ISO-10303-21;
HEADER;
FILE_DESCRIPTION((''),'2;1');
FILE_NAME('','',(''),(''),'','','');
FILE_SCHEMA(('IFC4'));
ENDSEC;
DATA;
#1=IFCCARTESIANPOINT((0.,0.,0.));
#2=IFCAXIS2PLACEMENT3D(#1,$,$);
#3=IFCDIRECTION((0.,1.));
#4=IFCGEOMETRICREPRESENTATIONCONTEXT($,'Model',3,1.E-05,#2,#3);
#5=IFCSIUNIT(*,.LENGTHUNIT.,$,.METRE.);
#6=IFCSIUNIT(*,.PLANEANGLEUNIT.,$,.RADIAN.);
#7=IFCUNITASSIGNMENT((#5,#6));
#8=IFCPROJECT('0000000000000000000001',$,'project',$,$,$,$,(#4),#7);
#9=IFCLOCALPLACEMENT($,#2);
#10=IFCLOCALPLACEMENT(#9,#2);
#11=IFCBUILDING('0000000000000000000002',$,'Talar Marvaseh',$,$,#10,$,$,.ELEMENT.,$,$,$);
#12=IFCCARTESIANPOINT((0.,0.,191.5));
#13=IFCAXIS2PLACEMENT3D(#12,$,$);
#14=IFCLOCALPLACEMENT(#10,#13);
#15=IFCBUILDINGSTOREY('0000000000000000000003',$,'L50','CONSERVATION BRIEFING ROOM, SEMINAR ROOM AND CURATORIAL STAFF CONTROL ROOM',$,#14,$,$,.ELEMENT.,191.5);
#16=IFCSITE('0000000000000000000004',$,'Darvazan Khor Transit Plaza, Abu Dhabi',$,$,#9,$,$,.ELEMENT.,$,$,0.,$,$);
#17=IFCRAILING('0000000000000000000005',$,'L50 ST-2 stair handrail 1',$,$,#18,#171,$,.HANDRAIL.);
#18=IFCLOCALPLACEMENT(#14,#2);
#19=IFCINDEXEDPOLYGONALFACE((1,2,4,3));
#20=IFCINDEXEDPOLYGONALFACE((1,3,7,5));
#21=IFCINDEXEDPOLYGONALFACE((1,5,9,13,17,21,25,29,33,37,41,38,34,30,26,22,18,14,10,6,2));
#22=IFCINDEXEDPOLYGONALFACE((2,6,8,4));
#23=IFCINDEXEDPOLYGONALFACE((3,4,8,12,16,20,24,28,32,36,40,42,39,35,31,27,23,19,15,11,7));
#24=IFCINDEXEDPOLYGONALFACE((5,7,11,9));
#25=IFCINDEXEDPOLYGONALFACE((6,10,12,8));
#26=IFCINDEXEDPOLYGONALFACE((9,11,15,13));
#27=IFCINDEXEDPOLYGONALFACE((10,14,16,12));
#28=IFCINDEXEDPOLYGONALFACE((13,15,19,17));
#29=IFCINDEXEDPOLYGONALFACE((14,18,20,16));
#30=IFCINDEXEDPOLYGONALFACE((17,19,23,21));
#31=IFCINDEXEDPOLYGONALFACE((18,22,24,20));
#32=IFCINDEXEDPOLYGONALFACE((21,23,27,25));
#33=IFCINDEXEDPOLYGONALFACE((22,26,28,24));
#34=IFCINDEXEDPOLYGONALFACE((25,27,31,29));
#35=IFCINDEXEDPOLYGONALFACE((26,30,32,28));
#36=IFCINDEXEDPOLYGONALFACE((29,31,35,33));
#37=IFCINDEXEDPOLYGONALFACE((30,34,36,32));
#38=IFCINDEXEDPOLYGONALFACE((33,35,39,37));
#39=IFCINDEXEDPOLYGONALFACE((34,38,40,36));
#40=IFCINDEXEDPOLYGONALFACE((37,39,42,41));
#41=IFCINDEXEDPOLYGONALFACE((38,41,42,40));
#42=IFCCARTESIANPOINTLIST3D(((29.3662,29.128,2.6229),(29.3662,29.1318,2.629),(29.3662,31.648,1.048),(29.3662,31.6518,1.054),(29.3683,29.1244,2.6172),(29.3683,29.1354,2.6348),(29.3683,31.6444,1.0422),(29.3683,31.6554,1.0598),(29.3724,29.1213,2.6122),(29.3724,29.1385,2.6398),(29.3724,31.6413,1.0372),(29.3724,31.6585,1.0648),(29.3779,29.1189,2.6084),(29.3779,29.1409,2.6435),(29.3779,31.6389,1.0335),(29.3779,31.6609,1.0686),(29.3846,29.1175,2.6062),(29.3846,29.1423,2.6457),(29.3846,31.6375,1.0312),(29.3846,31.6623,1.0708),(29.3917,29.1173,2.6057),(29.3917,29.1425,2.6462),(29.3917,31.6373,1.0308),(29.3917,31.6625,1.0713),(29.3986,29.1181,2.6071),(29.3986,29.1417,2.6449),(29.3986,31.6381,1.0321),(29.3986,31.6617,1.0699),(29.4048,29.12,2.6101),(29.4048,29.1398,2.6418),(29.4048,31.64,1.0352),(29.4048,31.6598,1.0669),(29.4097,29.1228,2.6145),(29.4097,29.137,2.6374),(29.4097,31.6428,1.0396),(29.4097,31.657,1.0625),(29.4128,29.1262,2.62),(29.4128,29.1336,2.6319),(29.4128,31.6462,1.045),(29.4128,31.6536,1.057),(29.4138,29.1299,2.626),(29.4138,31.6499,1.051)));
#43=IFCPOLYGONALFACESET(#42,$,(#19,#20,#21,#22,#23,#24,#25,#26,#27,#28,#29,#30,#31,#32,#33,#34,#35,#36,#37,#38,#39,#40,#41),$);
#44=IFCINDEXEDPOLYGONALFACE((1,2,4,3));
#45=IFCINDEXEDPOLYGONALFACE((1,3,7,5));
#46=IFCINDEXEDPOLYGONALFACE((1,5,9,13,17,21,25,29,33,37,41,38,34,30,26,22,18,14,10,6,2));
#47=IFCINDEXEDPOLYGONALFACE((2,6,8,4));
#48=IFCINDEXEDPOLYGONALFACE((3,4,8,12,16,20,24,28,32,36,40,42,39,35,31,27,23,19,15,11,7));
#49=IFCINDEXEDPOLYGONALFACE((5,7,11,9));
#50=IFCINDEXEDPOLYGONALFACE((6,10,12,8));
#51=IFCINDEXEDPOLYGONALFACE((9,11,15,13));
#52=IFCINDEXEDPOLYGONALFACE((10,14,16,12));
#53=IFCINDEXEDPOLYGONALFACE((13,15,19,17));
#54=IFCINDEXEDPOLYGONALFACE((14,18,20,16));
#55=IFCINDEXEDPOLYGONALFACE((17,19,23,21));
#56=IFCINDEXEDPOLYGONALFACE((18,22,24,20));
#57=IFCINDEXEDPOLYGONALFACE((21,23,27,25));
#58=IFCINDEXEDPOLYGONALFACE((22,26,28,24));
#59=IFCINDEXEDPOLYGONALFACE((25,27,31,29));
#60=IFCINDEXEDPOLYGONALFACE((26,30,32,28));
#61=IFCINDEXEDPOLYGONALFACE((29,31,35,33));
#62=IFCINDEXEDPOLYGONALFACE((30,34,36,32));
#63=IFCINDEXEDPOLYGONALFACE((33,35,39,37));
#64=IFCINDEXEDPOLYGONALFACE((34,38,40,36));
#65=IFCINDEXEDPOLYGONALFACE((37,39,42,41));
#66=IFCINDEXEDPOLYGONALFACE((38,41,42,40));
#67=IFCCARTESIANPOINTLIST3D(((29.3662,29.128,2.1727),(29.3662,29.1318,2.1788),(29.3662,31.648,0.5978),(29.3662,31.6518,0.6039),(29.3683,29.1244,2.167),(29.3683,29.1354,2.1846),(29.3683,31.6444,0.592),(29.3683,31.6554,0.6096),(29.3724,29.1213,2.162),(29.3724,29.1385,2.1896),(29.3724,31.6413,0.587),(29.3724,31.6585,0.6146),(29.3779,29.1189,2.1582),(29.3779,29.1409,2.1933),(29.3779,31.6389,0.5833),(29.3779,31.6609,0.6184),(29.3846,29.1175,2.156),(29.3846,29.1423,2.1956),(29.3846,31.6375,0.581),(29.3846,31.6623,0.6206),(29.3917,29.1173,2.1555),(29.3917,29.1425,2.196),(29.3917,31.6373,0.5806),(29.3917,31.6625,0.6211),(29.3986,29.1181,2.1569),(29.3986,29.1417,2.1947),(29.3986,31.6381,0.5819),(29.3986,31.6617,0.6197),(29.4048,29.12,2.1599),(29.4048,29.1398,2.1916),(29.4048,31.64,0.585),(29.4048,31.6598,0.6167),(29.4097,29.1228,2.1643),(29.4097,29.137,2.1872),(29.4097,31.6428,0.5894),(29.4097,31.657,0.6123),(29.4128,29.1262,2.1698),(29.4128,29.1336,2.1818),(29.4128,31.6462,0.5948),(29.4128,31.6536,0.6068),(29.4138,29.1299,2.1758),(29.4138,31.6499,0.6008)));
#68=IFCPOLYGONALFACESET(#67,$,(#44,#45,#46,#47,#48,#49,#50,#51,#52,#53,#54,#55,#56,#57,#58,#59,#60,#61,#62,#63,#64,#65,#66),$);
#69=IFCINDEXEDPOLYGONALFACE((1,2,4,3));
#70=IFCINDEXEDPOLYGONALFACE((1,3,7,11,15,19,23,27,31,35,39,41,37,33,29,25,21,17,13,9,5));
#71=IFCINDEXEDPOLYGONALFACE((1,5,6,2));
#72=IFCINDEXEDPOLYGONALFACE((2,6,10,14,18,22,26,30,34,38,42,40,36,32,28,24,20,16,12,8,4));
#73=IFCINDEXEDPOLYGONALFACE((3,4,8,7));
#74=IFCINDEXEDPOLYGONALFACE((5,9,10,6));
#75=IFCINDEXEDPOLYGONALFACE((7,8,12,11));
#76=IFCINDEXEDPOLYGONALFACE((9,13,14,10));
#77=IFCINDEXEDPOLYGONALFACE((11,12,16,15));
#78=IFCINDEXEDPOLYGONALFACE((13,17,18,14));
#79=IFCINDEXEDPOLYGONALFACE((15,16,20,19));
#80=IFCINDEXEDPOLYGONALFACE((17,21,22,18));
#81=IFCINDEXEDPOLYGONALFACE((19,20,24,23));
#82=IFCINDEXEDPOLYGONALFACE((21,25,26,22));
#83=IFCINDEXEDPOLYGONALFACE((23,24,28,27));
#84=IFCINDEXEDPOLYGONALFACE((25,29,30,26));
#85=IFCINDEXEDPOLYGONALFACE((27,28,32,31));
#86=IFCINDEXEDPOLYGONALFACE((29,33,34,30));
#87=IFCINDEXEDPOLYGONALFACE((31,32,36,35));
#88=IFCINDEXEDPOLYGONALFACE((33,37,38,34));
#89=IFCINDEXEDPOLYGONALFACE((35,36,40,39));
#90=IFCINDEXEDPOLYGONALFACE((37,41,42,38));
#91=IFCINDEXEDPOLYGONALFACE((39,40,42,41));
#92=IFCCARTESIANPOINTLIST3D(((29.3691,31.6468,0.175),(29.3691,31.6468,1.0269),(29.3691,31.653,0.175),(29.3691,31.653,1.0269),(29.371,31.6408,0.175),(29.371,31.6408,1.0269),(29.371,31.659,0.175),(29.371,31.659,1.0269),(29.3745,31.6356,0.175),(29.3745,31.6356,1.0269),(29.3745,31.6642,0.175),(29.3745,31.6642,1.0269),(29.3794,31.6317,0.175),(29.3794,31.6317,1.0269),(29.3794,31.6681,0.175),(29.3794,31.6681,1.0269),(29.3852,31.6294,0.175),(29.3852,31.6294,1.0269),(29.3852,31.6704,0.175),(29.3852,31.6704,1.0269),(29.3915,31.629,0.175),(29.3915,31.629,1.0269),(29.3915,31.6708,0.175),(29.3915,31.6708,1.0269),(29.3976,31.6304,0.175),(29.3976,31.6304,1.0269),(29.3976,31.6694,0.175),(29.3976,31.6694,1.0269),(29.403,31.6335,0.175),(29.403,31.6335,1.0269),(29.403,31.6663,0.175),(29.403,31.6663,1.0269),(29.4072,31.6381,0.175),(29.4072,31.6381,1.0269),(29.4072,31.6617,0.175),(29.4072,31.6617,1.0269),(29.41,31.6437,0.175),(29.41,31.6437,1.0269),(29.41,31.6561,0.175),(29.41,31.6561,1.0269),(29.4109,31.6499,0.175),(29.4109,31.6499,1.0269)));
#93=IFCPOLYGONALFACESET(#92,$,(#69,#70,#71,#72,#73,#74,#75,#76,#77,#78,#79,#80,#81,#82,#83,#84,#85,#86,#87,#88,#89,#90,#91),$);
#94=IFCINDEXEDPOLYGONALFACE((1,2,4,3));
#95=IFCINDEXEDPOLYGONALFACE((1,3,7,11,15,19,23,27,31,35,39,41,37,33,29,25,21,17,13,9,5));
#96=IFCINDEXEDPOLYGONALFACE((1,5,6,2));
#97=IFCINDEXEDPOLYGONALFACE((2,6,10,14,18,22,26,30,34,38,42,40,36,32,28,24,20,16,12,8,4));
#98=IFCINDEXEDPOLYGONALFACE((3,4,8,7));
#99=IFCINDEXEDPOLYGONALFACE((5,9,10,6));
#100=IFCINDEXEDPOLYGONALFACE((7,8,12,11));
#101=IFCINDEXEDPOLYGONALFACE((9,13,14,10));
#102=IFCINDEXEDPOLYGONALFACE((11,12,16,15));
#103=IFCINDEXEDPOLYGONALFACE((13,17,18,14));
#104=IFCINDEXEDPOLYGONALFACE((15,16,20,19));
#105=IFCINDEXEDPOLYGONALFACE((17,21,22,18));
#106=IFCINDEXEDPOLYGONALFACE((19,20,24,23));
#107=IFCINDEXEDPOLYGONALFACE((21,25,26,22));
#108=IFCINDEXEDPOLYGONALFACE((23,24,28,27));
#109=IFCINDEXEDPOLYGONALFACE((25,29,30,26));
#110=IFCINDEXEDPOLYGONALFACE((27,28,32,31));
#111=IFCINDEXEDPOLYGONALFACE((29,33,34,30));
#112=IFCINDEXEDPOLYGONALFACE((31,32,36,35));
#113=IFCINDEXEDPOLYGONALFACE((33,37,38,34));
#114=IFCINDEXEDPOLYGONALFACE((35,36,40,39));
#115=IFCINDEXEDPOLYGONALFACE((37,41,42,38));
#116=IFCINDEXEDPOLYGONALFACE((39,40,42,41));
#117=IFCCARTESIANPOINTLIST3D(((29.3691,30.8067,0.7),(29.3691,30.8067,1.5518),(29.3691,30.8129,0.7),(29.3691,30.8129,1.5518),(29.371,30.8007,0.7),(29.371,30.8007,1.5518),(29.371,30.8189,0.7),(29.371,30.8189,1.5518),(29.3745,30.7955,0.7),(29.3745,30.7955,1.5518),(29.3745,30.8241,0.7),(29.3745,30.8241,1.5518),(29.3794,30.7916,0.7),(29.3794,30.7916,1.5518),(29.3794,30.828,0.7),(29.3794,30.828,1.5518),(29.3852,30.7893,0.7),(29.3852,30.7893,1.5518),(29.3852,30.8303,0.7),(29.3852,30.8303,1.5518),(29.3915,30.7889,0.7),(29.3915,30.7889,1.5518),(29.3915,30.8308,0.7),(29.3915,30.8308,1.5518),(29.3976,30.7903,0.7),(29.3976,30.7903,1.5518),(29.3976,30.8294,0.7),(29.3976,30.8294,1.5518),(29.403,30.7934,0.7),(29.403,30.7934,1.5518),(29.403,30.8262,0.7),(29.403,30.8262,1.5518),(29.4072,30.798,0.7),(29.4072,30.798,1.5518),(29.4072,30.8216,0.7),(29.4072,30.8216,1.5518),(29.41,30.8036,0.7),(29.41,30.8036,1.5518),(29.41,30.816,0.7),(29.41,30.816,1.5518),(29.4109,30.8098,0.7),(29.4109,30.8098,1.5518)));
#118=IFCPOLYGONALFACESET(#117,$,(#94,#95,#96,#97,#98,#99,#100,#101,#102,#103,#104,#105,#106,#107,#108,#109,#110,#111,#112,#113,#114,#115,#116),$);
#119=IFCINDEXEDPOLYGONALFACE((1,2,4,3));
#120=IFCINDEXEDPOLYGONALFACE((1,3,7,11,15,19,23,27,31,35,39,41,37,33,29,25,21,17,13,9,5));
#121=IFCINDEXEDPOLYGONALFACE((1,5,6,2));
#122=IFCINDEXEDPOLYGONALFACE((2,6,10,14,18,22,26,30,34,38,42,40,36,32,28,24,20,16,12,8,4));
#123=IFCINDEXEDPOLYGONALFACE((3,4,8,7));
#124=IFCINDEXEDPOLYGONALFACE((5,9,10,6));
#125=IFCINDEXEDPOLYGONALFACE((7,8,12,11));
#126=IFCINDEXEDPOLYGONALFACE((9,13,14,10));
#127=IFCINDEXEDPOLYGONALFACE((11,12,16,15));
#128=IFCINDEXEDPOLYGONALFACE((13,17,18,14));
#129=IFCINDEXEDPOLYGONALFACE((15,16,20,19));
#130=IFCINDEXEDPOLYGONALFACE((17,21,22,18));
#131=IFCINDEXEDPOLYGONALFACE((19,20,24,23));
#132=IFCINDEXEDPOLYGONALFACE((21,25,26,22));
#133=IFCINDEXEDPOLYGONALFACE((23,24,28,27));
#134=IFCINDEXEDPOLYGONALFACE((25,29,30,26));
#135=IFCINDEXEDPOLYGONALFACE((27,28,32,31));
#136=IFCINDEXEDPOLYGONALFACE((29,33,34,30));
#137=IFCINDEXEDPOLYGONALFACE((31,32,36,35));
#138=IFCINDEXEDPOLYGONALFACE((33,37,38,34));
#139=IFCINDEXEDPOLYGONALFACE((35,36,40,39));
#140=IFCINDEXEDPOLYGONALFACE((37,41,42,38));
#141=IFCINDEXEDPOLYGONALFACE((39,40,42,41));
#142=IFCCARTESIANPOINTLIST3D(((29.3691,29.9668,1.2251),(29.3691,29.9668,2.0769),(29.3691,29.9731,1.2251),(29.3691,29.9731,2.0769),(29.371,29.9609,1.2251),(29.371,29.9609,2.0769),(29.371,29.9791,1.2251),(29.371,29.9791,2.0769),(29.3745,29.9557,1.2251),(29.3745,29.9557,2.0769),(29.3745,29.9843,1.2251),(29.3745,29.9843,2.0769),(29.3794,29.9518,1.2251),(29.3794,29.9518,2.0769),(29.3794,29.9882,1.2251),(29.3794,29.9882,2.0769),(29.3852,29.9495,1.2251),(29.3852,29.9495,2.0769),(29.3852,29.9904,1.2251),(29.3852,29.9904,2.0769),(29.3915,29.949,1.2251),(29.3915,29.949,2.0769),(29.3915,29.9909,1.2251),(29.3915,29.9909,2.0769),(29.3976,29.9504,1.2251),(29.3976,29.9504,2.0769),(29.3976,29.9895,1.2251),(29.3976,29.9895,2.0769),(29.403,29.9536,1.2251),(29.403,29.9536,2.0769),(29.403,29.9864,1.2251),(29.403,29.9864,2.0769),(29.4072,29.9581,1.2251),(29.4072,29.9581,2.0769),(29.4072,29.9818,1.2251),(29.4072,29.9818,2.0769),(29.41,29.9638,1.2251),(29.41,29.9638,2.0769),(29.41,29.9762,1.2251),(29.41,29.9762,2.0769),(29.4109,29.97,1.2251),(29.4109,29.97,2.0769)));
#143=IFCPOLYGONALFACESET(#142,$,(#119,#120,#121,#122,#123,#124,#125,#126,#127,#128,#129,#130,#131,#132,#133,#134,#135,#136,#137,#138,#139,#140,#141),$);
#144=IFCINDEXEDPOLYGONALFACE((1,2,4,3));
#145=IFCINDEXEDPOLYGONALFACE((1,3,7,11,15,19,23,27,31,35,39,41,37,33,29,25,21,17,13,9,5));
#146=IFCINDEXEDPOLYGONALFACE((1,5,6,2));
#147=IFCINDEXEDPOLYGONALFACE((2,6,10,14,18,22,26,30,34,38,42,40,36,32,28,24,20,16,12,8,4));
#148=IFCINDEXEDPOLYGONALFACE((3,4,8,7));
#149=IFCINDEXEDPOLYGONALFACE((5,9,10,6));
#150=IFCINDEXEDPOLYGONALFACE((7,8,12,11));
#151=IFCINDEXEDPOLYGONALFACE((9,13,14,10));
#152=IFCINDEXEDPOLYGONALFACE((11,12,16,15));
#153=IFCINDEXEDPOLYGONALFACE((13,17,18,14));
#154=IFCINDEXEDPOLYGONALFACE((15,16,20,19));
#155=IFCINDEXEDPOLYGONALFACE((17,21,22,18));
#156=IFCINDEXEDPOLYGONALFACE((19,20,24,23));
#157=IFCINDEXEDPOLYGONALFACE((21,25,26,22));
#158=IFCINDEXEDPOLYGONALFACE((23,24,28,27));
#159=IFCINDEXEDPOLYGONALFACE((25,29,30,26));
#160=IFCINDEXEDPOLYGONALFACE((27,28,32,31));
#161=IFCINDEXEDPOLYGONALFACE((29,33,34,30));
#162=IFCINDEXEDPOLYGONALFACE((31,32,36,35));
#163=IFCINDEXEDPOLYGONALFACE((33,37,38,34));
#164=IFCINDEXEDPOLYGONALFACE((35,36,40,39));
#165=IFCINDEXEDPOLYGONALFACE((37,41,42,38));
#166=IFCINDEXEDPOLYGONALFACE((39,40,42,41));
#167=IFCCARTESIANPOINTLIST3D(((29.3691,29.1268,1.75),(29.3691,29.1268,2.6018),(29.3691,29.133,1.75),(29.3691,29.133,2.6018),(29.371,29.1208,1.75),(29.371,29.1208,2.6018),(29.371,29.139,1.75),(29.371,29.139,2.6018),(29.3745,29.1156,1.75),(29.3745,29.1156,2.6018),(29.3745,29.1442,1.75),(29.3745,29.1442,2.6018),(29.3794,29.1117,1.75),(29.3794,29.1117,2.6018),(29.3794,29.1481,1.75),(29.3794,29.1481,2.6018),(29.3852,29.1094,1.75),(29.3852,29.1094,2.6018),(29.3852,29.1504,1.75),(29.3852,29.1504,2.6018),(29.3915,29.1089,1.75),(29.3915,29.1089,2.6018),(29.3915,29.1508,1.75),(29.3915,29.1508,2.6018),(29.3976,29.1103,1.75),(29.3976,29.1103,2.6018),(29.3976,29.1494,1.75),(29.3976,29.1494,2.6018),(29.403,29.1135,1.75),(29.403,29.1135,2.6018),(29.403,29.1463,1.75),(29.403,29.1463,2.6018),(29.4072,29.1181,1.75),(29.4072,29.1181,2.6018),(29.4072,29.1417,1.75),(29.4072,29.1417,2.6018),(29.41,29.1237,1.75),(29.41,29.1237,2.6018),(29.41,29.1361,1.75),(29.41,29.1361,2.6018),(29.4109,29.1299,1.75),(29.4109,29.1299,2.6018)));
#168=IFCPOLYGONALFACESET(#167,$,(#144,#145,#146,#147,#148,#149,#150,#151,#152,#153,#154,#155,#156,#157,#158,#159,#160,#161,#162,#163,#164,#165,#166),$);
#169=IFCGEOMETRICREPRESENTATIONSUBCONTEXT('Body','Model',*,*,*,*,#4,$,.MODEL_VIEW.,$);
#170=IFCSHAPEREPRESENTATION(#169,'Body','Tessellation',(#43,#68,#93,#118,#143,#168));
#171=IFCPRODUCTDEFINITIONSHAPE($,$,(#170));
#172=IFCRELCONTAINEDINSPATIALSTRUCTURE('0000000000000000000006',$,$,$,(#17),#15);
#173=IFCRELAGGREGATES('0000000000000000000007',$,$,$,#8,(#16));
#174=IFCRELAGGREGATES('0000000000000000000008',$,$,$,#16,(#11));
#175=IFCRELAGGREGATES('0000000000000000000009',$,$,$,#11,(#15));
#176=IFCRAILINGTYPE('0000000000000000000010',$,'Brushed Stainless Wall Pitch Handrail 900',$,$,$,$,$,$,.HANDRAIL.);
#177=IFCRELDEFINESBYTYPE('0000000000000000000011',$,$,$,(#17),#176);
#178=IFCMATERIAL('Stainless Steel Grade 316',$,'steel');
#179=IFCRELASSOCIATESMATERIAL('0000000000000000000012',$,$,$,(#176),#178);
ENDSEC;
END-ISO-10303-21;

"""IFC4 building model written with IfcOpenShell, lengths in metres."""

from ifc_helpers import new_model, si_unit, direction, frame, origin, origin_2d, place, context, subcontext, project, spatial, circle, extrude, material, type_object, element, save


model = new_model("IFC4")

# Units and contexts
model_context = context("Model", 3, precision=1e-05, world=origin(), true_north=direction((0.0, 1.0)))
body_context = subcontext(model_context, "Body", "Model", "MODEL_VIEW")
ifc_project = project(units=[si_unit("LENGTHUNIT", "METRE"), si_unit("PLANEANGLEUNIT", "RADIAN")], contexts=[model_context])

# Site, building, storey
site_placement = place(None, origin())
site = spatial("IfcSite", under=ifc_project, at=site_placement, Name="Darvazan Khor Transit Plaza, Abu Dhabi", CompositionType="ELEMENT", RefElevation=0.0)
building_placement = place(site_placement, origin())
building = spatial("IfcBuilding", under=site, at=building_placement, Name="Talar Marvaseh", CompositionType="ELEMENT")
storey_placement = place(building_placement, frame((0.0, 0.0, 191.5)))
storey = spatial("IfcBuildingStorey", under=building, at=storey_placement, Name="L50", Description="CONSERVATION BRIEFING ROOM, SEMINAR ROOM AND CURATORIAL STAFF CONTROL ROOM", CompositionType="ELEMENT", Elevation=191.5)

# Shared definitions
ifc_material_1 = material(Name="Stainless Steel Grade 316", Category="steel")

# Railing
railing_type_1 = type_object("IfcRailingType", Name="Brushed Stainless Wall Pitch Handrail 900", PredefinedType="HANDRAIL", material=ifc_material_1)
railing_1_placement = place(storey_placement, frame((29.3899, 31.6499, 0.175)))
element("IfcRailing", 1, at=railing_1_placement, inside=storey, type_object=railing_type_1, Name="L50 ST-2 stair handrail 1", PredefinedType="HANDRAIL", context=body_context, shape_type="SweptSolid", body=[
    extrude(circle(Radius=0.0239, at=origin_2d()), frame((0.0, 0.0, 0.876), z_axis=(0.0, -0.848008, 0.529984), x_axis=(1.0, 0.0, 0.0)), (0.0, 0.0, 1.0), 2.9717),
    extrude(circle(Radius=0.0239, at=origin_2d()), frame((0.0, 0.0, 0.4258), z_axis=(0.0, -0.848008, 0.529984), x_axis=(1.0, 0.0, 0.0)), (0.0, 0.0, 1.0), 2.9717),
    extrude(circle(Radius=0.021, at=origin_2d()), origin(), (0.0, 0.0, 1.0), 0.8518),
    extrude(circle(Radius=0.021, at=origin_2d()), frame((0.0, -0.8401, 0.5249)), (0.0, 0.0, 1.0), 0.8518),
    extrude(circle(Radius=0.021, at=origin_2d()), frame((0.0, -1.6799, 1.05)), (0.0, 0.0, 1.0), 0.8518),
    extrude(circle(Radius=0.021, at=origin_2d()), frame((0.0, -2.52, 1.575)), (0.0, 0.0, 1.0), 0.8518),
])

save(model, "model.ifc")
